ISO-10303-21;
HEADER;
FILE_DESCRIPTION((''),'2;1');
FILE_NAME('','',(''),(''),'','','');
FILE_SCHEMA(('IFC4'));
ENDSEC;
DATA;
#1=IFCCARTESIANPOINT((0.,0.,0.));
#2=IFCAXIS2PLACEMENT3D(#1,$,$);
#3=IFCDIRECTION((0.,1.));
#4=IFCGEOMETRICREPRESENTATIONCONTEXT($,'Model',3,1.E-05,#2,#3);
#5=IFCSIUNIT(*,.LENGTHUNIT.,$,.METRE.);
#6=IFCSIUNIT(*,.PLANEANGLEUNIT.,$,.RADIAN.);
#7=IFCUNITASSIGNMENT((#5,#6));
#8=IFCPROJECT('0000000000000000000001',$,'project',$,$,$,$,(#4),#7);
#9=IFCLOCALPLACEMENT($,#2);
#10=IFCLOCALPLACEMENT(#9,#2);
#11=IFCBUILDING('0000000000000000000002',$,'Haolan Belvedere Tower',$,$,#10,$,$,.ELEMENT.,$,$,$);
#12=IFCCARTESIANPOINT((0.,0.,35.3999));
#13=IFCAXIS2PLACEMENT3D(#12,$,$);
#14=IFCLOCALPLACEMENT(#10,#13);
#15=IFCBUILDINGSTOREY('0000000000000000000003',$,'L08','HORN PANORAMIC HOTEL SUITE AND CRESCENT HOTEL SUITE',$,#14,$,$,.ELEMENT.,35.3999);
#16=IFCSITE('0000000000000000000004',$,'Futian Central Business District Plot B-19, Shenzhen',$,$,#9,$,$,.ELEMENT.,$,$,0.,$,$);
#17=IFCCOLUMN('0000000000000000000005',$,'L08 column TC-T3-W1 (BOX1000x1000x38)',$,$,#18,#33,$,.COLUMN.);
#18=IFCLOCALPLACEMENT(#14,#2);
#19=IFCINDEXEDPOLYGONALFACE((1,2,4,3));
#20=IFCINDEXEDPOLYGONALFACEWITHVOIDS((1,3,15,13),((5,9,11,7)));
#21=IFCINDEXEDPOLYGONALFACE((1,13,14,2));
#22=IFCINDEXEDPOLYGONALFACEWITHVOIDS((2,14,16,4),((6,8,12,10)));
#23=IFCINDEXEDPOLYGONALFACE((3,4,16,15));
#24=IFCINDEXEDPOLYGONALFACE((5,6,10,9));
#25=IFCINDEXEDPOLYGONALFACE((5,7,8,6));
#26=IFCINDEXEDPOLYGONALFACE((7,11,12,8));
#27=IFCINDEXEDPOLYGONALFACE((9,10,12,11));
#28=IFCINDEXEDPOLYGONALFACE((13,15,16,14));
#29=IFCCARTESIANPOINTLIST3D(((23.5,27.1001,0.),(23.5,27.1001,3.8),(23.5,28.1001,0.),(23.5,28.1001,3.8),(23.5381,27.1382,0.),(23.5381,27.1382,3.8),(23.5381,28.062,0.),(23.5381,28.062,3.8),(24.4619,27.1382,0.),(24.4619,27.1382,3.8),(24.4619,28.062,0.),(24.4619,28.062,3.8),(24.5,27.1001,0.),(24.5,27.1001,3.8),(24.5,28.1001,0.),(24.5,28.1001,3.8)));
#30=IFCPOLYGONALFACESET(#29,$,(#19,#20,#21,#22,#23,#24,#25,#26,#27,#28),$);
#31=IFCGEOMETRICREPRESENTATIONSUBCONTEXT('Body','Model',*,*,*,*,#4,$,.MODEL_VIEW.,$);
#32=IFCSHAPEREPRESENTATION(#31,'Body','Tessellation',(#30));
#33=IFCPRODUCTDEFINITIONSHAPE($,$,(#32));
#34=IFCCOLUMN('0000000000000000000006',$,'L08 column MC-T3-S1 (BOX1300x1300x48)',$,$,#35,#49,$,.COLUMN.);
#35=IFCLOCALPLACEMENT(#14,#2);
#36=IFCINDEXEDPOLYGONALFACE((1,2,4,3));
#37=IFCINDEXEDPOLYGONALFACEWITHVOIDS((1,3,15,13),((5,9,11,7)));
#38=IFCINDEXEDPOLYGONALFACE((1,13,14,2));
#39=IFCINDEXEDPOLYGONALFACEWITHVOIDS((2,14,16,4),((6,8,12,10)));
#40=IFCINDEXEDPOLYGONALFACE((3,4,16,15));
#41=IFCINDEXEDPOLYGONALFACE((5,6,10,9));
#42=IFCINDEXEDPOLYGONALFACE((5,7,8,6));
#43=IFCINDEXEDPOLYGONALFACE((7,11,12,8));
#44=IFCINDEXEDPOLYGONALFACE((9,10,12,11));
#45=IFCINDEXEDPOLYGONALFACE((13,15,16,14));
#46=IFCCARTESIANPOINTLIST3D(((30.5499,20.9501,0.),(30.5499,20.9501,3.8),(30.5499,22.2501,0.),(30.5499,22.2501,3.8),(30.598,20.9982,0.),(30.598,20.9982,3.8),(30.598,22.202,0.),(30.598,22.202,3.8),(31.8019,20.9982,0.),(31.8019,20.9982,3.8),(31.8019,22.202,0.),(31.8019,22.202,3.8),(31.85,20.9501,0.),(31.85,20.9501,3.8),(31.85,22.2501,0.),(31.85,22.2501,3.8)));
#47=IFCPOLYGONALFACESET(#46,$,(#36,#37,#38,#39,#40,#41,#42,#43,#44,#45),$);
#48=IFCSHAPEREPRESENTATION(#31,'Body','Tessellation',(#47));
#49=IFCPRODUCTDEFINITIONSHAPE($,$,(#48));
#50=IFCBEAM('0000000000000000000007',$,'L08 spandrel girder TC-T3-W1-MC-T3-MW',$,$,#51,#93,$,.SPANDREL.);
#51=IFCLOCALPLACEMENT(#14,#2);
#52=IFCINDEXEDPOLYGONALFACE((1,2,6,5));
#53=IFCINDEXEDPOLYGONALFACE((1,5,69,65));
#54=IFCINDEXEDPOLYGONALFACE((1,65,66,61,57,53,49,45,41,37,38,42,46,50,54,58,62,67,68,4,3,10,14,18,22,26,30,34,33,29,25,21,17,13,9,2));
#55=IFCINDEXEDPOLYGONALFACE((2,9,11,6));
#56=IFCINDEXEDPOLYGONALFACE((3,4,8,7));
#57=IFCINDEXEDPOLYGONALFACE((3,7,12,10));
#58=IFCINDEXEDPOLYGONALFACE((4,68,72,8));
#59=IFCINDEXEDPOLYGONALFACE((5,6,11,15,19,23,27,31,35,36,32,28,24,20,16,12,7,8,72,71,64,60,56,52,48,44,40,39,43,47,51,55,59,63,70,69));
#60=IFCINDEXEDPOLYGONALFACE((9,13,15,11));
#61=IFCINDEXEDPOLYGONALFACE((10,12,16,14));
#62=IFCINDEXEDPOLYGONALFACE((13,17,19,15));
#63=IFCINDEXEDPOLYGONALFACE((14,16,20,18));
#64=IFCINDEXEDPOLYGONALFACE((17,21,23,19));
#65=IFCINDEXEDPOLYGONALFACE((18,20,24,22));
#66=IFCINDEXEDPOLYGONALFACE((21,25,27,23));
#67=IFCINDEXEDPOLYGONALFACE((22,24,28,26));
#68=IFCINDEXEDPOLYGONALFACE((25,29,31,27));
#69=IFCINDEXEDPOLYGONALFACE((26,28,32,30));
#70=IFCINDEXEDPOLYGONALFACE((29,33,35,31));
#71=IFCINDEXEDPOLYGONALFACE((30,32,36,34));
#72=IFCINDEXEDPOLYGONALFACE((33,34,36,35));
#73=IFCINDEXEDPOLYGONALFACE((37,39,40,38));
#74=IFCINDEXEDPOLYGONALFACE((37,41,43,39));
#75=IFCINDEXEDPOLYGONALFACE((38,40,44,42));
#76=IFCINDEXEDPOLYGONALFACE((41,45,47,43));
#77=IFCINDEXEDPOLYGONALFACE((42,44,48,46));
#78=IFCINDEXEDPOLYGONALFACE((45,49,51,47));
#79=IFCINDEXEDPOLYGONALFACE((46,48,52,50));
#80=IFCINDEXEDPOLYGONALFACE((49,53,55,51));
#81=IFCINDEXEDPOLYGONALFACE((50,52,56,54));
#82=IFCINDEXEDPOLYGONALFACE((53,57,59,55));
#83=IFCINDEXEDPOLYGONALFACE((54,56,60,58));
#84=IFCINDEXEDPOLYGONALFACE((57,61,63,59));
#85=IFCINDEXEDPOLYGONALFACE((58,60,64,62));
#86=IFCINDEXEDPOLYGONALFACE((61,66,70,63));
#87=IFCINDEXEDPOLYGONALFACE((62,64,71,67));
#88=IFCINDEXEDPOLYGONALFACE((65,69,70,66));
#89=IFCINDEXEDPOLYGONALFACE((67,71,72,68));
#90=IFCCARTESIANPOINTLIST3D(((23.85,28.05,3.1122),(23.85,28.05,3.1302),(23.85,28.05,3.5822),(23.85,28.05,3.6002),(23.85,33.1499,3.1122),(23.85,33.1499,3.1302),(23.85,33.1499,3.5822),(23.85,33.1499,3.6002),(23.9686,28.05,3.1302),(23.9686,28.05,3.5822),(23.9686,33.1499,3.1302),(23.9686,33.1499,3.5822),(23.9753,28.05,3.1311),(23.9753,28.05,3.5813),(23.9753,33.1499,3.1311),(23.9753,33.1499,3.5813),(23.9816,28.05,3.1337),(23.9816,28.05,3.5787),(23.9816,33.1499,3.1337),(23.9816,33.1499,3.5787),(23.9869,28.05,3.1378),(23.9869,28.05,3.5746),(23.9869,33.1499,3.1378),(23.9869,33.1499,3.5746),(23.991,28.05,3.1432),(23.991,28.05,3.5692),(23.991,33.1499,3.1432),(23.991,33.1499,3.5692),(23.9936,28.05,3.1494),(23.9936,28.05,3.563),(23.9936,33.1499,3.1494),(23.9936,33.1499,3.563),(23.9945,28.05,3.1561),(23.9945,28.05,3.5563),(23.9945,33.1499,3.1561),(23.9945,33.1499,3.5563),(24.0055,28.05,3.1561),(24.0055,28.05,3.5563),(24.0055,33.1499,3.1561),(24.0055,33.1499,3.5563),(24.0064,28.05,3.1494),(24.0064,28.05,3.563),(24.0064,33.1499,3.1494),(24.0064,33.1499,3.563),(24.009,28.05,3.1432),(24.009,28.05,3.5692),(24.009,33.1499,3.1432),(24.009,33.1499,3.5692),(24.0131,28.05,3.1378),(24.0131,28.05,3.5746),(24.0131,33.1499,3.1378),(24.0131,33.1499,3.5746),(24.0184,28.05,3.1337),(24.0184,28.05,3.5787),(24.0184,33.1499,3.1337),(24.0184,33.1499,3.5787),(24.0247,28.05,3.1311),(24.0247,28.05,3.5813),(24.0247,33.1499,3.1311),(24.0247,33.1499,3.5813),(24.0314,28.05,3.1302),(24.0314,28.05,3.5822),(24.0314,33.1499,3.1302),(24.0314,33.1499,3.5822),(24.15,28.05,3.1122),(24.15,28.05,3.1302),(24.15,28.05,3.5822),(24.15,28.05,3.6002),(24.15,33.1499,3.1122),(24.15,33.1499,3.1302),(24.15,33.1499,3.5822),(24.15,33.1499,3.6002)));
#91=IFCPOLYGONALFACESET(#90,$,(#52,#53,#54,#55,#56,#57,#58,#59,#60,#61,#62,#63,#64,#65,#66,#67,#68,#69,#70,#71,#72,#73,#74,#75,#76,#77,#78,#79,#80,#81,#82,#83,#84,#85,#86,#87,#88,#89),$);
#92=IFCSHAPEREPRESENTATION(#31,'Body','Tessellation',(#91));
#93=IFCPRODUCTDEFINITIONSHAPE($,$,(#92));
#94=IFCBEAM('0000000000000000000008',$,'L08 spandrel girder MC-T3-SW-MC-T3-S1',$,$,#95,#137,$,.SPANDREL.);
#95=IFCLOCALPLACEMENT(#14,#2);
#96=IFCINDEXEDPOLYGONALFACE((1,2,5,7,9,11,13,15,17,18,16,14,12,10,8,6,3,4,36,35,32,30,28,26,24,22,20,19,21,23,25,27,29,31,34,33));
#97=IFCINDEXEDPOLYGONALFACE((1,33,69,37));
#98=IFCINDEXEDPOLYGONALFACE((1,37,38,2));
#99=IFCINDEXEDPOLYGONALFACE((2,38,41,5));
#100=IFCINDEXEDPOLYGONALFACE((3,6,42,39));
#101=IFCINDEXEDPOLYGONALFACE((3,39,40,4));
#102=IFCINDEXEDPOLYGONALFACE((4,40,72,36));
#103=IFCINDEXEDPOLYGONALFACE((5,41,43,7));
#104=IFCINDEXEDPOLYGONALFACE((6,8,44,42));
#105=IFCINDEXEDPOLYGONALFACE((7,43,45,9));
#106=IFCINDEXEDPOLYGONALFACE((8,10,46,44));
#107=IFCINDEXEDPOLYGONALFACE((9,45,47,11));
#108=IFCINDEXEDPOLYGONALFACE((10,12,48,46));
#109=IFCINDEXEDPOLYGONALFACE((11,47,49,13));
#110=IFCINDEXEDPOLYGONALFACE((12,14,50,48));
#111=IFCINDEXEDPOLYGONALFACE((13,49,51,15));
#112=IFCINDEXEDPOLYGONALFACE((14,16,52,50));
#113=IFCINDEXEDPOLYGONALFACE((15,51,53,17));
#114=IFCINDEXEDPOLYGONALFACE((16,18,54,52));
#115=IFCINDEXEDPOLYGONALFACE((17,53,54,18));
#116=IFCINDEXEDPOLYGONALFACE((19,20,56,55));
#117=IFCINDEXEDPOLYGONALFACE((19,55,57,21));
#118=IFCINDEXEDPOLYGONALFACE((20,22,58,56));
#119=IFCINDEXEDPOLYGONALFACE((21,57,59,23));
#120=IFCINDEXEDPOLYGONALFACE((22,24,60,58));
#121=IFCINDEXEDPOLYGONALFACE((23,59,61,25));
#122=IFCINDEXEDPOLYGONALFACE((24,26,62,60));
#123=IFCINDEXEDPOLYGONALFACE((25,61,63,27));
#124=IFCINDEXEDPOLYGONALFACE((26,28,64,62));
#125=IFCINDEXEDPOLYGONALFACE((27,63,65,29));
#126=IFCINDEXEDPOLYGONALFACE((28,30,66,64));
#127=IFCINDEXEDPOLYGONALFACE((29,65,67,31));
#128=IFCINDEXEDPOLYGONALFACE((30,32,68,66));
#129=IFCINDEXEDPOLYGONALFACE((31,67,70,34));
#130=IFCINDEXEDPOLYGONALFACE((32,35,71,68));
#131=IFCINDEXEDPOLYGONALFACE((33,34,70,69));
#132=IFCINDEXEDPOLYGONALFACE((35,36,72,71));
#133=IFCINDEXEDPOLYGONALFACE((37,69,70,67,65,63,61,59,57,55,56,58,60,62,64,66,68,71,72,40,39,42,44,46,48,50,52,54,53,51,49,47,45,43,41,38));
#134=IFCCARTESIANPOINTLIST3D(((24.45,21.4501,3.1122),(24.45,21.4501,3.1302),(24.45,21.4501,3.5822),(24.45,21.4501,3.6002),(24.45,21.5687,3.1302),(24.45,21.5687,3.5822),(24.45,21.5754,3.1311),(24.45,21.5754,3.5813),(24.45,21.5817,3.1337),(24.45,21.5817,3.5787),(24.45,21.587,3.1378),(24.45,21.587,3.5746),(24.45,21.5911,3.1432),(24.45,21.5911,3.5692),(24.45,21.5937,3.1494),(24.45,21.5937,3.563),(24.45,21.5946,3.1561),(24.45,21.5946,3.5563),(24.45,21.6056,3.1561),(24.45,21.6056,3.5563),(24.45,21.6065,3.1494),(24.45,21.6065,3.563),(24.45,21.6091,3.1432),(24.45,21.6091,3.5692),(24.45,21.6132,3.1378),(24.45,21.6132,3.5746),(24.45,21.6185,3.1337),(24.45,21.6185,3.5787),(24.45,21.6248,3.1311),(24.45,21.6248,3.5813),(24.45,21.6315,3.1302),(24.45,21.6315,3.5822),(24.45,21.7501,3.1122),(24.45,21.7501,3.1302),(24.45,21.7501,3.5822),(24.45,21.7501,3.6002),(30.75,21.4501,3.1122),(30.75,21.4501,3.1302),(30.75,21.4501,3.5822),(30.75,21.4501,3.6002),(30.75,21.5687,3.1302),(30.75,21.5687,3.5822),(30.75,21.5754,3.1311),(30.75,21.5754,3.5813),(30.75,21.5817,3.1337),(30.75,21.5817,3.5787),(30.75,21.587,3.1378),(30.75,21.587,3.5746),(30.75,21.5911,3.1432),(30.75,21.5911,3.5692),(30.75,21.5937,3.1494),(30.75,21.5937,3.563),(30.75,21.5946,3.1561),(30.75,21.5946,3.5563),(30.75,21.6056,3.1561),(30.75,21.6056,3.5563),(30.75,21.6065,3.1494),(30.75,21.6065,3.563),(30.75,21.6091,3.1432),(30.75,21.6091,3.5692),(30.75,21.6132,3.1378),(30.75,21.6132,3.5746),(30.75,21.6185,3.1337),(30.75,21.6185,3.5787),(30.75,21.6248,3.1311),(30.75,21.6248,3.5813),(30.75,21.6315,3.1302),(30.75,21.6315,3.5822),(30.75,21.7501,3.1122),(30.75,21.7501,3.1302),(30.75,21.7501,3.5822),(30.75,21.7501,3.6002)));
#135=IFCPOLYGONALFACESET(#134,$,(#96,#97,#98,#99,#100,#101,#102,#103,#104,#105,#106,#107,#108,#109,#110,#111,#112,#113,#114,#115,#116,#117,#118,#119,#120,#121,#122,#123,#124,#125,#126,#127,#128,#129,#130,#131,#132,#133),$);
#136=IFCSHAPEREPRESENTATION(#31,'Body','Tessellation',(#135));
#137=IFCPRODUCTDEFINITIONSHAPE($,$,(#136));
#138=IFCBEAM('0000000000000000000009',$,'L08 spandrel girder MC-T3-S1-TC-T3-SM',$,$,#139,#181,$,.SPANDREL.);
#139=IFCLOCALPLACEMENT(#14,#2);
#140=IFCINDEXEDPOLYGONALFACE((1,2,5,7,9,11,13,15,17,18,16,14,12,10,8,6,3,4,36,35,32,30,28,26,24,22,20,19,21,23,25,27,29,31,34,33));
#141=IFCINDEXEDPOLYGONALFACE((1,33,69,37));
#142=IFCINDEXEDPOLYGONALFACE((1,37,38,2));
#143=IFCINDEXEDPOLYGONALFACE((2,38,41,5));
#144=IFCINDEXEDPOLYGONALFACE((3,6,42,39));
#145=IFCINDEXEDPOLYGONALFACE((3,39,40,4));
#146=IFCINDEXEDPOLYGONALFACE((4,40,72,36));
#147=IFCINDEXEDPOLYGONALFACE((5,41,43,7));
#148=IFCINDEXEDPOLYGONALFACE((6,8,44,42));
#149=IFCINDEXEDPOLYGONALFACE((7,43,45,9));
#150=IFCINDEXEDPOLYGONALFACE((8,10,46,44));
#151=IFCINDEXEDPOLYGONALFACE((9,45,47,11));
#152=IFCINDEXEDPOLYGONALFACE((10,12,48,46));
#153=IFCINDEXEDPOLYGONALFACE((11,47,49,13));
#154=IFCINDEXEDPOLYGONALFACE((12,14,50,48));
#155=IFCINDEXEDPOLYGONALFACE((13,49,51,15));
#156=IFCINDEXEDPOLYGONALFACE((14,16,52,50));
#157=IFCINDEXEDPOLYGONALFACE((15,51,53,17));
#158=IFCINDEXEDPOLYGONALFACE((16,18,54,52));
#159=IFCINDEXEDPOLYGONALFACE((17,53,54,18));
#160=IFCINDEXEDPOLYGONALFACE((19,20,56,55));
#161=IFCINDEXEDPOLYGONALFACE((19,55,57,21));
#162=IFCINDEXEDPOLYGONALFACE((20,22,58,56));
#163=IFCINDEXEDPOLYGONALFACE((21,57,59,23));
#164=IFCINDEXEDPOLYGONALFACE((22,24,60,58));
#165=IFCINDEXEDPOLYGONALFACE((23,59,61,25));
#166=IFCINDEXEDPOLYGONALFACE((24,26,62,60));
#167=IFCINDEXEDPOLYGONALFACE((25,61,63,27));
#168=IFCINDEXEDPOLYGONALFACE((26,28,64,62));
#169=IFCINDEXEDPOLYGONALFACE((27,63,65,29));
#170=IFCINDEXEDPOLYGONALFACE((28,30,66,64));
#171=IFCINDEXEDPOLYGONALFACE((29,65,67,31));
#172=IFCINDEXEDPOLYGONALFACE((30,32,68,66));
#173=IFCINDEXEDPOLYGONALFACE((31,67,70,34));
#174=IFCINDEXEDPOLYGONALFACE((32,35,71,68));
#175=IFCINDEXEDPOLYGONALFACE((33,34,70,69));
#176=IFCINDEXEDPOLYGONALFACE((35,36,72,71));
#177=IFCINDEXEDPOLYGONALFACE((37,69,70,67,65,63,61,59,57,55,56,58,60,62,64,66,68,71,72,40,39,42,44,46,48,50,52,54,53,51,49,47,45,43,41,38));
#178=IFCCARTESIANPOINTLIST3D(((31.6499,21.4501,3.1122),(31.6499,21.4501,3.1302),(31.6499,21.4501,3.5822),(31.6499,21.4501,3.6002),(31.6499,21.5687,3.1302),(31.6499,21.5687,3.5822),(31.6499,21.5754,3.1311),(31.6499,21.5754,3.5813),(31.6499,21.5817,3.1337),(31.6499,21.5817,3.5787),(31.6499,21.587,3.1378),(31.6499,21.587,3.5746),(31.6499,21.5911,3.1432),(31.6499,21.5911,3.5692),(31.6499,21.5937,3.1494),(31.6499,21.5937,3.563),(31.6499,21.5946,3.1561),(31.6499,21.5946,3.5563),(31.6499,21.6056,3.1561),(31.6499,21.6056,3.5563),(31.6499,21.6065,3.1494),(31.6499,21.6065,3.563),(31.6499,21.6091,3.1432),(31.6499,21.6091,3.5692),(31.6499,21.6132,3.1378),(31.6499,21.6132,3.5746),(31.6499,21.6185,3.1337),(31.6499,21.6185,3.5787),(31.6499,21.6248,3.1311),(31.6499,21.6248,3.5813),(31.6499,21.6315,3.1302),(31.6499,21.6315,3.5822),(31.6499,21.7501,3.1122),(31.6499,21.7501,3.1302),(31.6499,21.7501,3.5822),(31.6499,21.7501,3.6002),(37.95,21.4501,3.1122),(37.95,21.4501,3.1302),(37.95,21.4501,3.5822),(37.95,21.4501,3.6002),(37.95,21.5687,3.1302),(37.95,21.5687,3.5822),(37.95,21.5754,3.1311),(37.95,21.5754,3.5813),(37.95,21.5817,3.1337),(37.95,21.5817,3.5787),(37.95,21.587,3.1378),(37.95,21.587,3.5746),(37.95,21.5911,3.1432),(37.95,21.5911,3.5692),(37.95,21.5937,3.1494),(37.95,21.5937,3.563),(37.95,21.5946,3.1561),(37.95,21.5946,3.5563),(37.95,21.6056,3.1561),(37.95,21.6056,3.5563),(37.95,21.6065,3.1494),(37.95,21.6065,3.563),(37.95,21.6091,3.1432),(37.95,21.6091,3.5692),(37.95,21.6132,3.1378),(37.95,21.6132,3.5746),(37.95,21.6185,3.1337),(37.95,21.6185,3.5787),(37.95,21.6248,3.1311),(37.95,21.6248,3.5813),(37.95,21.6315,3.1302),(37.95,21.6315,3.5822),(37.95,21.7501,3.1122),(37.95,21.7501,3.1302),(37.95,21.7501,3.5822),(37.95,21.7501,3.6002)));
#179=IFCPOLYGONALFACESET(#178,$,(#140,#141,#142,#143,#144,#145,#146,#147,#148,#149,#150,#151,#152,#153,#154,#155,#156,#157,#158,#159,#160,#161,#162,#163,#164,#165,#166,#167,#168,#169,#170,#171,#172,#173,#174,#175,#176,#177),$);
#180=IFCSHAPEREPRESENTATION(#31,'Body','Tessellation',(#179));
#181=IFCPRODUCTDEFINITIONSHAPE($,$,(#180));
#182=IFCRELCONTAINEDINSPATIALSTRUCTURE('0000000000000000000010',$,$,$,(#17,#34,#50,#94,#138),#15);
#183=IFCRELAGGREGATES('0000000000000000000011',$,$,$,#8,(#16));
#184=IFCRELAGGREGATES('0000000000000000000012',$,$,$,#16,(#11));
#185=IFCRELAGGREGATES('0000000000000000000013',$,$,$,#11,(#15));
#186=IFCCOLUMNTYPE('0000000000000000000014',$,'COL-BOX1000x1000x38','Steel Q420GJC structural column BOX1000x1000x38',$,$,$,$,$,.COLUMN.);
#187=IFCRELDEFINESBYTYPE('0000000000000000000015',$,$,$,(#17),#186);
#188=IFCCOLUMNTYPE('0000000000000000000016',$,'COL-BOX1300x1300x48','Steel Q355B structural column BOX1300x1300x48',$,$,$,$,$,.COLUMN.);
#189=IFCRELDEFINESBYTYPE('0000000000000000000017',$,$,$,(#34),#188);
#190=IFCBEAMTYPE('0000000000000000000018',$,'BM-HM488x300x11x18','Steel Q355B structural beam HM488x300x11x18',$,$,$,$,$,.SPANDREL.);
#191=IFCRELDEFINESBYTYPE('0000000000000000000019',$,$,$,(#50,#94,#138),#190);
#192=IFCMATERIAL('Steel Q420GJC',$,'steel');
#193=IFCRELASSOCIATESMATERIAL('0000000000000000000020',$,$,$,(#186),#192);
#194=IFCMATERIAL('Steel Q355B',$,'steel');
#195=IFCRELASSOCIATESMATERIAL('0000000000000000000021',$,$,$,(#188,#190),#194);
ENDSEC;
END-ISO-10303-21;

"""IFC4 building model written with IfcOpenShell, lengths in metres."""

from ifc_helpers import new_model, si_unit, direction, frame, origin, origin_2d, place, context, subcontext, project, spatial, hollow_rectangle, i_section, extrude, material, material_profile, profile_set, type_object, element, save


model = new_model("IFC4")

# Units and contexts
model_context = context("Model", 3, precision=1e-05, world=origin(), true_north=direction((0.0, 1.0)))
body_context = subcontext(model_context, "Body", "Model", "MODEL_VIEW")
ifc_project = project(units=[si_unit("LENGTHUNIT", "METRE"), si_unit("PLANEANGLEUNIT", "RADIAN")], contexts=[model_context])

# Site, building, storey
site_placement = place(None, origin())
site = spatial("IfcSite", under=ifc_project, at=site_placement, Name="Futian Central Business District Plot B-19, Shenzhen", CompositionType="ELEMENT", RefElevation=0.0)
building_placement = place(site_placement, origin())
building = spatial("IfcBuilding", under=site, at=building_placement, Name="Haolan Belvedere Tower", CompositionType="ELEMENT")
storey_placement = place(building_placement, frame((0.0, 0.0, 35.3999)))
storey = spatial("IfcBuildingStorey", under=building, at=storey_placement, Name="L08", Description="HORN PANORAMIC HOTEL SUITE AND CRESCENT HOTEL SUITE", CompositionType="ELEMENT", Elevation=35.3999)

# Columns
ifc_material_1 = material(Name="Steel Q420GJC", Category="steel")
ifc_material_profile_1 = material_profile(ifc_material_1, hollow_rectangle(XDim=1.0, YDim=1.0, WallThickness=0.0381, at=origin_2d()), Name="Steel Q420GJC")
ifc_profile_set_1 = profile_set([ifc_material_profile_1], Name="Steel Q420GJC")
column_type_1 = type_object("IfcColumnType", Name="COL-BOX1000x1000x38", Description="Steel Q420GJC structural column BOX1000x1000x38", PredefinedType="COLUMN", material=ifc_profile_set_1)
column_1_placement = place(storey_placement, frame((24.0, 27.6001, 0.0), z_axis=(0.0, 0.0, 1.0), x_axis=(1.0, 0.0, 0.0)))
element("IfcColumn", 1, at=column_1_placement, inside=storey, type_object=column_type_1, Name="L08 column TC-T3-W1 (BOX1000x1000x38)", PredefinedType="COLUMN", context=body_context, shape_type="SweptSolid", body=[
    extrude(hollow_rectangle(XDim=1.0, YDim=1.0, WallThickness=0.0381, at=origin_2d()), origin(), (0.0, 0.0, 1.0), 3.8),
])
ifc_material_2 = material(Name="Steel Q355B", Category="steel")
ifc_material_profile_2 = material_profile(ifc_material_2, hollow_rectangle(XDim=1.3, YDim=1.3, WallThickness=0.0481, at=origin_2d()), Name="Steel Q355B")
ifc_profile_set_2 = profile_set([ifc_material_profile_2], Name="Steel Q355B")
column_type_2 = type_object("IfcColumnType", Name="COL-BOX1300x1300x48", Description="Steel Q355B structural column BOX1300x1300x48", PredefinedType="COLUMN", material=ifc_profile_set_2)
column_2_placement = place(storey_placement, frame((31.2, 21.6001, 0.0), z_axis=(0.0, 0.0, 1.0), x_axis=(1.0, 0.0, 0.0)))
element("IfcColumn", 2, at=column_2_placement, inside=storey, type_object=column_type_2, Name="L08 column MC-T3-S1 (BOX1300x1300x48)", PredefinedType="COLUMN", context=body_context, shape_type="SweptSolid", body=[
    extrude(hollow_rectangle(XDim=1.3, YDim=1.3, WallThickness=0.0481, at=origin_2d()), origin(), (0.0, 0.0, 1.0), 3.8),
])

# Beams
ifc_material_profile_3 = material_profile(ifc_material_2, i_section(OverallWidth=0.3, OverallDepth=0.488, WebThickness=0.011, FlangeThickness=0.0181, FilletRadius=0.0259, at=origin_2d()), Name="Steel Q355B")
ifc_profile_set_3 = profile_set([ifc_material_profile_3], Name="Steel Q355B")
beam_type_1 = type_object("IfcBeamType", Name="BM-HM488x300x11x18", Description="Steel Q355B structural beam HM488x300x11x18", PredefinedType="SPANDREL", material=ifc_profile_set_3)
beam_1_placement = place(storey_placement, frame((24.0, 28.05, 3.3562), z_axis=(0.0, 1.0, 0.0), x_axis=(-1.0, 0.0, 0.0)))
element("IfcBeam", 3, at=beam_1_placement, inside=storey, type_object=beam_type_1, Name="L08 spandrel girder TC-T3-W1-MC-T3-MW", PredefinedType="SPANDREL", context=body_context, shape_type="SweptSolid", body=[
    extrude(i_section(OverallWidth=0.3, OverallDepth=0.488, WebThickness=0.011, FlangeThickness=0.0181, FilletRadius=0.0259, at=origin_2d()), origin(), (0.0, 0.0, 1.0), 5.0999),
])
for number, where, z_axis, x_axis, name in (
    (4, (24.45, 21.6001, 3.3562), (1.0, 0.0, 0.0), (0.0, 1.0, 0.0), "L08 spandrel girder MC-T3-SW-MC-T3-S1"),
    (5, (31.6499, 21.6001, 3.3562), (1.0, 0.0, 0.0), (0.0, 1.0, 0.0), "L08 spandrel girder MC-T3-S1-TC-T3-SM"),
):
    element("IfcBeam", number, at=place(storey_placement, frame(where, z_axis=z_axis, x_axis=x_axis)), inside=storey, type_object=beam_type_1, Name=name, PredefinedType="SPANDREL", context=body_context, shape_type="SweptSolid", body=[
        extrude(i_section(OverallWidth=0.3, OverallDepth=0.488, WebThickness=0.011, FlangeThickness=0.0181, FilletRadius=0.0259, at=origin_2d()), origin(), (0.0, 0.0, 1.0), 6.3),
    ])

save(model, "model.ifc")
